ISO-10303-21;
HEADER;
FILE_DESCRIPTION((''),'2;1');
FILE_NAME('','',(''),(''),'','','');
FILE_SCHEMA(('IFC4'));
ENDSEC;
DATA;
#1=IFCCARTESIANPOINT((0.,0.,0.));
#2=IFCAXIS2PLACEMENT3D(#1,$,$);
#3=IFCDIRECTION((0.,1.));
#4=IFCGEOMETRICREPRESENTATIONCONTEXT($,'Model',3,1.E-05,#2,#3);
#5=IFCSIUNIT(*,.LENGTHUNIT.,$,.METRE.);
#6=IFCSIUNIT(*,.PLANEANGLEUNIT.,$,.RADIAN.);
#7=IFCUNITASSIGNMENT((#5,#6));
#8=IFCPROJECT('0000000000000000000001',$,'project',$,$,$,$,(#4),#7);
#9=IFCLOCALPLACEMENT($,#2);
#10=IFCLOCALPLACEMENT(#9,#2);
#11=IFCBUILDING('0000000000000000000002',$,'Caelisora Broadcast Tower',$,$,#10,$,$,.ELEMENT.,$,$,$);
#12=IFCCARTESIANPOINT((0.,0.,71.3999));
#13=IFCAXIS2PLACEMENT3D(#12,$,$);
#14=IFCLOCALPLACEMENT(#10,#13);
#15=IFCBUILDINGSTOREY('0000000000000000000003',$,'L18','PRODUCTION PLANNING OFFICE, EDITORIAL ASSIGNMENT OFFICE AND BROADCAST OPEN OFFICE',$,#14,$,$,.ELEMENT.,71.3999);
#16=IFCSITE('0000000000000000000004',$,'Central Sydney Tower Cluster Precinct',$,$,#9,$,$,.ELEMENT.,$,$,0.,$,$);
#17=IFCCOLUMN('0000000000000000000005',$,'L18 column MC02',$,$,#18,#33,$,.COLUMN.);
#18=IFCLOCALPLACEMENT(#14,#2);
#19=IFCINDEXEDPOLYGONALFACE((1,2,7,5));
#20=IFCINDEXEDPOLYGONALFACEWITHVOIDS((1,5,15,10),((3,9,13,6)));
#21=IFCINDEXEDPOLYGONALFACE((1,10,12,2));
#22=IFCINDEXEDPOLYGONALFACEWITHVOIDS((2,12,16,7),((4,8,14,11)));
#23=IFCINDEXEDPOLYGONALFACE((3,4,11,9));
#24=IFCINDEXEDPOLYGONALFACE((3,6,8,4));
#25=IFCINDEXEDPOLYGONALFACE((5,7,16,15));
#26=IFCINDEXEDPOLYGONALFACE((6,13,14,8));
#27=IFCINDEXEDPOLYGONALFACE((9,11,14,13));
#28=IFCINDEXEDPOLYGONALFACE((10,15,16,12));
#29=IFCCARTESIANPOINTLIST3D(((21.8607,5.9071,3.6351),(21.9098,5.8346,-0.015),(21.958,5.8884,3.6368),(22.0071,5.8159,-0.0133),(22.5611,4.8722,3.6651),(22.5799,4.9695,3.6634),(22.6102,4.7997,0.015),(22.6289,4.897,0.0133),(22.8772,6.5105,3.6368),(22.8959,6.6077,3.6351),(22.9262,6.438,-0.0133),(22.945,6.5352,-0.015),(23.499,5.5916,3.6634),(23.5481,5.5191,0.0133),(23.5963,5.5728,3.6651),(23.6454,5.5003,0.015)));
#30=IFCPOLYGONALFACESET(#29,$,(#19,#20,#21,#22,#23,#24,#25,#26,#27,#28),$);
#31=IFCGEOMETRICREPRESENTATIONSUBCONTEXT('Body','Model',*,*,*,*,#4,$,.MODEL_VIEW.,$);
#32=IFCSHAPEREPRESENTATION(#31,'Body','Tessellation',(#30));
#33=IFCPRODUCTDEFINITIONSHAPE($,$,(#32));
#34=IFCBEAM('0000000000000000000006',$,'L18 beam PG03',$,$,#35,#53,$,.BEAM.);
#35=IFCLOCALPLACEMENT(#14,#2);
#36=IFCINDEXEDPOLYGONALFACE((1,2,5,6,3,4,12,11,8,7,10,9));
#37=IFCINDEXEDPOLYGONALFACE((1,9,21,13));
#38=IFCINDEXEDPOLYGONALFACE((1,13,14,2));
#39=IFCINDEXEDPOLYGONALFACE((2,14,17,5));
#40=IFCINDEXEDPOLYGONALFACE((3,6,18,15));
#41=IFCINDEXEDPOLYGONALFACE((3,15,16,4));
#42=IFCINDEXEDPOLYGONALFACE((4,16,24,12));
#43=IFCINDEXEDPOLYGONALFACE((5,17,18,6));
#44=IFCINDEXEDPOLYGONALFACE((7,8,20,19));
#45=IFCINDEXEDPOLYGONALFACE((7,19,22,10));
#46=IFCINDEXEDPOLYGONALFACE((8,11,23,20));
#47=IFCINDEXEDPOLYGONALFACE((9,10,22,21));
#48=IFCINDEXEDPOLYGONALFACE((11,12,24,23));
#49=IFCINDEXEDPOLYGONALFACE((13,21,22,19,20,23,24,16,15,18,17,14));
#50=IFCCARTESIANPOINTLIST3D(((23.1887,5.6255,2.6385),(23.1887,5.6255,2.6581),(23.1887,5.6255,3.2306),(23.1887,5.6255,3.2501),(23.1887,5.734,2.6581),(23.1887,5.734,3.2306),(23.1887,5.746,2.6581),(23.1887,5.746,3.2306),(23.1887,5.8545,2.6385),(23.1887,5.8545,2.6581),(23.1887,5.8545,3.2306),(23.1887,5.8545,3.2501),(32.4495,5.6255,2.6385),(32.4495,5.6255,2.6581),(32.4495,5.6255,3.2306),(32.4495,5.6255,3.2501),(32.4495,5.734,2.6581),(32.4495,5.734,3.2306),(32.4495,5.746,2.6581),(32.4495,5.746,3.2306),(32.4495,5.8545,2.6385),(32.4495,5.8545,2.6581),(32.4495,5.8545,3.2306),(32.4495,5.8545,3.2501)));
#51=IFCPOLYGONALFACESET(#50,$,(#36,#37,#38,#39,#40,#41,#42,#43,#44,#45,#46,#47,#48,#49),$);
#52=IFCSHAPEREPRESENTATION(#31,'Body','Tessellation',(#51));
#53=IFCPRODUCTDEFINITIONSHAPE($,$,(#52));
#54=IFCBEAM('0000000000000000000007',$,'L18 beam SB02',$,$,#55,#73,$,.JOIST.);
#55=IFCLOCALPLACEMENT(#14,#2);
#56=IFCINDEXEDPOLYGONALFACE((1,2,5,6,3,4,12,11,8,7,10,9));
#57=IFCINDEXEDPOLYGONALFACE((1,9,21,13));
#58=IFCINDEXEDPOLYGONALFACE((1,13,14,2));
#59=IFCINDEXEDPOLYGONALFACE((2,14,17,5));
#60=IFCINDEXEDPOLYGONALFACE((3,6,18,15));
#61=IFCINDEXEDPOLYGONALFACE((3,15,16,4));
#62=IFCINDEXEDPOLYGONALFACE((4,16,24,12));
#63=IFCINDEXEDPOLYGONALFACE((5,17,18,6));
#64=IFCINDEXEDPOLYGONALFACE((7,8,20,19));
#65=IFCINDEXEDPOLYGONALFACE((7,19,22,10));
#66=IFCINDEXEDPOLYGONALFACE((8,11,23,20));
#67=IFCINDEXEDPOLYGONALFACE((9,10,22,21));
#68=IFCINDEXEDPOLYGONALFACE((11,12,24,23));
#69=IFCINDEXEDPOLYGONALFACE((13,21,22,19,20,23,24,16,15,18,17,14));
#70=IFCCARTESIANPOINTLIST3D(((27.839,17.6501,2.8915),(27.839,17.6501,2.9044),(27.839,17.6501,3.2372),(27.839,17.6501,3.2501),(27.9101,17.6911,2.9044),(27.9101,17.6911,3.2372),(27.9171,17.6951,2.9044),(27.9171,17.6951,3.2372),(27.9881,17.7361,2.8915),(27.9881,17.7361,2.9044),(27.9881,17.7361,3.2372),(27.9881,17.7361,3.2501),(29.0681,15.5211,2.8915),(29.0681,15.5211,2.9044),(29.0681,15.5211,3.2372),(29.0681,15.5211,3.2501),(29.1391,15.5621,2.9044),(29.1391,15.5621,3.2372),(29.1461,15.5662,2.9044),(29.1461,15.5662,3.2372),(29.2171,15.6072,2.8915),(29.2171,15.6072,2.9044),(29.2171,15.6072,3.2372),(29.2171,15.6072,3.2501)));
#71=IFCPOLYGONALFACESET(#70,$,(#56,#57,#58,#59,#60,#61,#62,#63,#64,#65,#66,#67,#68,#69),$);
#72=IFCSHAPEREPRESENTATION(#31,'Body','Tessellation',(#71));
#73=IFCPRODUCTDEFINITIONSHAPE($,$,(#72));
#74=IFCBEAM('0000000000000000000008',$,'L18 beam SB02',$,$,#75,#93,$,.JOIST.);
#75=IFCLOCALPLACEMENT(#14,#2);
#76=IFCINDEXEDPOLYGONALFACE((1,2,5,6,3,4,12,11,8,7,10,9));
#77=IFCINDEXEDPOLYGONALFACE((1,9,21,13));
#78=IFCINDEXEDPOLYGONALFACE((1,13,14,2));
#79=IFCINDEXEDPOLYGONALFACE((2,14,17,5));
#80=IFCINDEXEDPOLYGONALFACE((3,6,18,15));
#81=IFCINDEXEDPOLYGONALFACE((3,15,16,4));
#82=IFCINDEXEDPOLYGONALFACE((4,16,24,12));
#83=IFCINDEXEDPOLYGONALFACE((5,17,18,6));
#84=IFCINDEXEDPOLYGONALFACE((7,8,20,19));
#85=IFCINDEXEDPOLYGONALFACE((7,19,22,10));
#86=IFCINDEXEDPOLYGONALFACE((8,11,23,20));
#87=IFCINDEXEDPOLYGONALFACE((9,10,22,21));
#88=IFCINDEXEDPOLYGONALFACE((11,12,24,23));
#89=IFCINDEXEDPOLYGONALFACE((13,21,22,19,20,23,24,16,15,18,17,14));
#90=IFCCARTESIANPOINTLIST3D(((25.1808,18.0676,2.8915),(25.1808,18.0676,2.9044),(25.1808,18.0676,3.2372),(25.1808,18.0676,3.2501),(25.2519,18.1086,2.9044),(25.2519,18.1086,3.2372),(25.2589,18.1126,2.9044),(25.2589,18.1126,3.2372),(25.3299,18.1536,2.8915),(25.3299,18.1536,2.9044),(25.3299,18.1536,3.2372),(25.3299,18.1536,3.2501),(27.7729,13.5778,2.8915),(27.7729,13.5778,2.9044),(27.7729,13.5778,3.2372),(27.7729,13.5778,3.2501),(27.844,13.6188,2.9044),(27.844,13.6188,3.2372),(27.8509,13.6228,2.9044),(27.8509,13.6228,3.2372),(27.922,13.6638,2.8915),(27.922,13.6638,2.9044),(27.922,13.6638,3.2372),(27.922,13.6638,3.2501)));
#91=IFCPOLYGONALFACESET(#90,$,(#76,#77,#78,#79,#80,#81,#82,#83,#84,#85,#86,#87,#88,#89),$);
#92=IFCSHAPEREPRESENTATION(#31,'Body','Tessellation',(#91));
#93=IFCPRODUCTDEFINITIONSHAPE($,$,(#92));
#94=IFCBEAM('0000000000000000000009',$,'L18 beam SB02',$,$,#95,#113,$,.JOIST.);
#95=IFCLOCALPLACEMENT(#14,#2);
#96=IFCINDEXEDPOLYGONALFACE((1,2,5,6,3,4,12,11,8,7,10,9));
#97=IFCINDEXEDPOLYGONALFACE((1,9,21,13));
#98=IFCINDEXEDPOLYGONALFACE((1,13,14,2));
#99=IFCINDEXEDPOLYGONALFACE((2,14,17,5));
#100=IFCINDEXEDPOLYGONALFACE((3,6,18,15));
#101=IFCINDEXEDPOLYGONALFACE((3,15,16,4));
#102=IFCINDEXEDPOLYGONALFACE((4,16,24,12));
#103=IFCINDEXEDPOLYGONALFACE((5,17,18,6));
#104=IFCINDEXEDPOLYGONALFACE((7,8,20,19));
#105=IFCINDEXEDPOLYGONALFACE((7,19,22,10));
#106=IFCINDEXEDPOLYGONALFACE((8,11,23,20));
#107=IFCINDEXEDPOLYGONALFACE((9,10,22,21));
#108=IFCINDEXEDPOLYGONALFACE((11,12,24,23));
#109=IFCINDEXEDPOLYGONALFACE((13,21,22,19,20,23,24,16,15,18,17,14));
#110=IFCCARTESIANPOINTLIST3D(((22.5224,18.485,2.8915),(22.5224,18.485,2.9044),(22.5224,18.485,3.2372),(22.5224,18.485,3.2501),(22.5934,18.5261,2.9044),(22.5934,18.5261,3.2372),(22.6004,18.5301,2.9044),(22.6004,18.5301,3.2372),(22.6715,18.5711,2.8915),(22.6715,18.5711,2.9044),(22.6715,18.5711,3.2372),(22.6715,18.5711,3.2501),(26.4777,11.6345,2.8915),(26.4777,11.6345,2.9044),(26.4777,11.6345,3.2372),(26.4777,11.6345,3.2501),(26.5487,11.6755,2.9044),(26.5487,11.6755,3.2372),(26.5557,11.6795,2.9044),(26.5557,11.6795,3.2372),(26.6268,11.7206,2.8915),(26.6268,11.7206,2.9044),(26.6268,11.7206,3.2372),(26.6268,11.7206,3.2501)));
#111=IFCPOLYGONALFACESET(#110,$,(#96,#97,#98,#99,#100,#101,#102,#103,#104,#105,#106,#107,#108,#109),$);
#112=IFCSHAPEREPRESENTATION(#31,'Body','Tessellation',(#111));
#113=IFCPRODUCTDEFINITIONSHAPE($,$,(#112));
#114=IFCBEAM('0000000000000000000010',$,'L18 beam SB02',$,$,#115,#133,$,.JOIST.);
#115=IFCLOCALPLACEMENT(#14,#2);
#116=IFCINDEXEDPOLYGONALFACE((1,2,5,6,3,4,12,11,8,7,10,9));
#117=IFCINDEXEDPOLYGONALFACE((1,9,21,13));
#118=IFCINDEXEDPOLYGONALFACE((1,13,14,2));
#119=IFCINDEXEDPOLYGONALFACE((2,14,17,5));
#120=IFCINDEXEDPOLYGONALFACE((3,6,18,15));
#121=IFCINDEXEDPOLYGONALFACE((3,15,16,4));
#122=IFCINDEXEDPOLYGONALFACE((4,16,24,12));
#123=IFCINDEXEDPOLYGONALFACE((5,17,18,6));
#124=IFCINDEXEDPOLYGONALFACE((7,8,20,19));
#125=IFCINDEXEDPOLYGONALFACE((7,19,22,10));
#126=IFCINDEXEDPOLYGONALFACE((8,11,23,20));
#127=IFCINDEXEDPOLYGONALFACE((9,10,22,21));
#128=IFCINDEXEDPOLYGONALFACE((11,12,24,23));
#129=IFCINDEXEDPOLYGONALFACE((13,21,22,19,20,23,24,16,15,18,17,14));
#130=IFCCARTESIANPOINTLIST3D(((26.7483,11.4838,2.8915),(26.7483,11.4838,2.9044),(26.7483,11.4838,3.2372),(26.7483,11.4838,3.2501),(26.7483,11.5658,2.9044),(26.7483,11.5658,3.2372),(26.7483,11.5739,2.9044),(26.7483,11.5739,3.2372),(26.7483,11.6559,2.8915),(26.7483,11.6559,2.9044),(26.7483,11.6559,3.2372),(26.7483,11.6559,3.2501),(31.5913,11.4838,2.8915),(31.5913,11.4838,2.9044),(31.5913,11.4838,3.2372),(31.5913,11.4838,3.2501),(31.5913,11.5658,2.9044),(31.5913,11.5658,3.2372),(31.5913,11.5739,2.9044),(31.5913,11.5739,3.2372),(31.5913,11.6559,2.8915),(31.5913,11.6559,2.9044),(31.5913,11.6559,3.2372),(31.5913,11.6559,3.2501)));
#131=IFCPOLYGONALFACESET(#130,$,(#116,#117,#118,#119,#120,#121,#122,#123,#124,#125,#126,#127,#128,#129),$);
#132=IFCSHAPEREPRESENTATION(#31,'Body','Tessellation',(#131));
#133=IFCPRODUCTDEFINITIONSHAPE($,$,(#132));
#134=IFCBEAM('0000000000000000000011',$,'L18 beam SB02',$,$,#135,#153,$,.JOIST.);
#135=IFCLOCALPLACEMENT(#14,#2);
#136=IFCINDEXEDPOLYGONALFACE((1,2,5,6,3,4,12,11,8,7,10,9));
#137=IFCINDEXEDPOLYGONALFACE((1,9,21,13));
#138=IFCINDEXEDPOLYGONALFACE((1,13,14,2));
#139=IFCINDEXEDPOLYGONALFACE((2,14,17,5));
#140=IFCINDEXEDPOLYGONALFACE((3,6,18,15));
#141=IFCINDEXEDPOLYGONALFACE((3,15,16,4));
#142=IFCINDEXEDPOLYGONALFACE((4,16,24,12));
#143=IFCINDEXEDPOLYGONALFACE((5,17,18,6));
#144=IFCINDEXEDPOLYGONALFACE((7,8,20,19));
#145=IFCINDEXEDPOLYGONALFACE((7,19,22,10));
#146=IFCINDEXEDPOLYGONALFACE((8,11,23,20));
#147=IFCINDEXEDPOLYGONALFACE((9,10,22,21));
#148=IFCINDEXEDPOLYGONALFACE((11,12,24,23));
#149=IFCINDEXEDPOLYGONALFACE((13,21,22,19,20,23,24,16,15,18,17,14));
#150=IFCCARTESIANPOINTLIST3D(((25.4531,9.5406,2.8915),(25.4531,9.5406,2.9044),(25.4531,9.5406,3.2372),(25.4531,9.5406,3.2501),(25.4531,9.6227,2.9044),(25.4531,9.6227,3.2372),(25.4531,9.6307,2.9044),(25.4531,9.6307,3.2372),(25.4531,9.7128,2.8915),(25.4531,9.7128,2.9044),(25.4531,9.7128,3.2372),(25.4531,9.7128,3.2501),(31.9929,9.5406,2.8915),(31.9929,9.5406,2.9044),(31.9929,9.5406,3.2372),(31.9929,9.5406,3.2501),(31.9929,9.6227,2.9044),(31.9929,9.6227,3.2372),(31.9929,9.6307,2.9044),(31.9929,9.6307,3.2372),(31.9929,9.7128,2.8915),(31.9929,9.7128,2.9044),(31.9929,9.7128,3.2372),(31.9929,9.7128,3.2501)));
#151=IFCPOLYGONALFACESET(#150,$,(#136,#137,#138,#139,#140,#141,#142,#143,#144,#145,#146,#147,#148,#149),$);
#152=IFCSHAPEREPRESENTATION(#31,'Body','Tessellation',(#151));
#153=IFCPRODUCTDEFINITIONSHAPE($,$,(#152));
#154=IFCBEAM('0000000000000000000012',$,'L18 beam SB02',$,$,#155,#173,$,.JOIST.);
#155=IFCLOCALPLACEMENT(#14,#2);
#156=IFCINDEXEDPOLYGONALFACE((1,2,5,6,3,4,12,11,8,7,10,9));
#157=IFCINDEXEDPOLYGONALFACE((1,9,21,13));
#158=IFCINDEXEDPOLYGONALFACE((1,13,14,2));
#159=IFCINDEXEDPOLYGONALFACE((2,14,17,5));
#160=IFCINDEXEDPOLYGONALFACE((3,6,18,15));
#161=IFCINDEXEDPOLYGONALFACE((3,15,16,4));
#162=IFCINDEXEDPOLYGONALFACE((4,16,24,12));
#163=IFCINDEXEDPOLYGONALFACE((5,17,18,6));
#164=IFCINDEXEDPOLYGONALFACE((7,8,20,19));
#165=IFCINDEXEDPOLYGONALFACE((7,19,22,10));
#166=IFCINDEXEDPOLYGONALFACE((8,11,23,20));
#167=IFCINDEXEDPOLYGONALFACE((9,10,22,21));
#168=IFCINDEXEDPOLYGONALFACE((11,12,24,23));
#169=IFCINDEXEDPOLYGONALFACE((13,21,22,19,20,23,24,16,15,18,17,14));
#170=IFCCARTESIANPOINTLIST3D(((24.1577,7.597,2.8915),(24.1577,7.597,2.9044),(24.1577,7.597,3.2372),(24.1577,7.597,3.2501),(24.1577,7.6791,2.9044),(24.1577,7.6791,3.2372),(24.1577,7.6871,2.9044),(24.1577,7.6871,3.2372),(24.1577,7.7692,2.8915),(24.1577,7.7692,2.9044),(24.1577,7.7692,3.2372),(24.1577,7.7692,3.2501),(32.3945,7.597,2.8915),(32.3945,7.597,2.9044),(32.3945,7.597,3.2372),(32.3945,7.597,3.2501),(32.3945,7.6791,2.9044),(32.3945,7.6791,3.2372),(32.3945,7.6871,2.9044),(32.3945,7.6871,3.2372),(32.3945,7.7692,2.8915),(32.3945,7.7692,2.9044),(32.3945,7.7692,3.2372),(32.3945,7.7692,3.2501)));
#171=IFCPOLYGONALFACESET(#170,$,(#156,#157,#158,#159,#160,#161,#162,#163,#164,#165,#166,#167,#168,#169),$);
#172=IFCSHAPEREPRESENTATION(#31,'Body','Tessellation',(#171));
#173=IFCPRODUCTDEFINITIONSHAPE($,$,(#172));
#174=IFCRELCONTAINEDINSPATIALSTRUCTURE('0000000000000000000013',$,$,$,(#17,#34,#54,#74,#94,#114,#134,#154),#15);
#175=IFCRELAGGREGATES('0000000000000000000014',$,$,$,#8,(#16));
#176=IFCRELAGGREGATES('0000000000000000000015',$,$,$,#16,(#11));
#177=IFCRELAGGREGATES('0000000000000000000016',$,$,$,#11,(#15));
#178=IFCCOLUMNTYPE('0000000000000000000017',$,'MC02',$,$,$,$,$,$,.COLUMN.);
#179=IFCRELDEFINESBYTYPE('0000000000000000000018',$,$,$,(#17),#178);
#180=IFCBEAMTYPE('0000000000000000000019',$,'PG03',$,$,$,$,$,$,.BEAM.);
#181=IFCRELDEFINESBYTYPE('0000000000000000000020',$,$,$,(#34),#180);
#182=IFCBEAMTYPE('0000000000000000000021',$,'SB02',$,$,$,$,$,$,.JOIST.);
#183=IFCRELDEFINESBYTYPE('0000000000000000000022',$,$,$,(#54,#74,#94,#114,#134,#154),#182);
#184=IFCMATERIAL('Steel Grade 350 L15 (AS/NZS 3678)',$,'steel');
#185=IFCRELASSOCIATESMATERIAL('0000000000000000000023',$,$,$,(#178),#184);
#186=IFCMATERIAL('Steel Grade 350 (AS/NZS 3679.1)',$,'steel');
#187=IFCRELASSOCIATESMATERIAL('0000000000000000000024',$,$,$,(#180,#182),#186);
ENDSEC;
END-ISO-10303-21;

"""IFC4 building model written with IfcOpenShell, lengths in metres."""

from ifc_helpers import new_model, si_unit, direction, frame, origin, origin_2d, place, context, subcontext, project, spatial, hollow_rectangle, i_section, extrude, source, transform, mapped, material, material_profile, profile_set, type_object, type_shapes, element, save


model = new_model("IFC4")

# Units and contexts
model_context = context("Model", 3, precision=1e-05, world=origin(), true_north=direction((0.0, 1.0)))
body_context = subcontext(model_context, "Body", "Model", "MODEL_VIEW")
ifc_project = project(units=[si_unit("LENGTHUNIT", "METRE"), si_unit("PLANEANGLEUNIT", "RADIAN")], contexts=[model_context])

# Site, building, storey
site_placement = place(None, origin())
site = spatial("IfcSite", under=ifc_project, at=site_placement, Name="Central Sydney Tower Cluster Precinct", CompositionType="ELEMENT", RefElevation=0.0)
building_placement = place(site_placement, origin())
building = spatial("IfcBuilding", under=site, at=building_placement, Name="Caelisora Broadcast Tower", CompositionType="ELEMENT")
storey_placement = place(building_placement, frame((0.0, 0.0, 71.3999)))
storey = spatial("IfcBuildingStorey", under=building, at=storey_placement, Name="L18", Description="PRODUCTION PLANNING OFFICE, EDITORIAL ASSIGNMENT OFFICE AND BROADCAST OPEN OFFICE", CompositionType="ELEMENT", Elevation=71.3999)

# Column
ifc_material_1 = material(Name="Steel Grade 350 L15 (AS/NZS 3678)", Category="steel")
ifc_material_profile_1 = material_profile(ifc_material_1, hollow_rectangle(XDim=1.25, YDim=1.25, WallThickness=0.0701, at=origin_2d()), Name="Steel Grade 350 L15 (AS/NZS 3678)")
ifc_profile_set_1 = profile_set([ifc_material_profile_1], Name="Steel Grade 350 L15 (AS/NZS 3678)")
column_type = type_object("IfcColumnType", Name="MC02", PredefinedType="COLUMN", material=ifc_profile_set_1)
shared_shape_1 = source(origin(), body_context, "Body", "SweptSolid", [
    extrude(hollow_rectangle(XDim=1.25, YDim=1.25, WallThickness=0.0701, at=origin_2d()), origin(), (0.0, 0.0, 1.0), 3.6511),
])
type_shapes(column_type, [shared_shape_1])
column_placement = place(storey_placement, frame((22.7776, 5.6675, 0.0), z_axis=(-0.01344, 0.019859, 0.999712), x_axis=(-0.828169, -0.560478, 0.0)))
element("IfcColumn", 1, at=column_placement, inside=storey, type_object=column_type, Name="L18 column MC02", PredefinedType="COLUMN", context=body_context, shape_type="MappedRepresentation", body=[
    mapped(shared_shape_1, transform((0.0, 0.0, 0.0), scale=1.0)),
])

# Beams
ifc_material_2 = material(Name="Steel Grade 350 (AS/NZS 3679.1)", Category="steel")
ifc_material_profile_2 = material_profile(ifc_material_2, i_section(OverallWidth=0.229, OverallDepth=0.6116, WebThickness=0.012, FlangeThickness=0.0195, at=origin_2d()), Name="Steel Grade 350 (AS/NZS 3679.1)")
ifc_profile_set_2 = profile_set([ifc_material_profile_2], Name="Steel Grade 350 (AS/NZS 3679.1)")
beam_type_1 = type_object("IfcBeamType", Name="PG03", PredefinedType="BEAM", material=ifc_profile_set_2)
shared_shape_2 = source(origin(), body_context, "Body", "SweptSolid", [
    extrude(i_section(OverallWidth=0.229, OverallDepth=0.6116, WebThickness=0.012, FlangeThickness=0.0195, at=origin_2d()), origin(), (0.0, 0.0, 1.0), 9.2607),
])
type_shapes(beam_type_1, [shared_shape_2])
beam_1_placement = place(storey_placement, frame((23.1887, 5.74, 2.9443), z_axis=(1.0, 0.0, 0.0), x_axis=(0.0, 1.0, 0.0)))
element("IfcBeam", 2, at=beam_1_placement, inside=storey, type_object=beam_type_1, Name="L18 beam PG03", PredefinedType="BEAM", context=body_context, shape_type="MappedRepresentation", body=[
    mapped(shared_shape_2, transform((0.0, 0.0, 0.0), scale=1.0)),
])
ifc_material_profile_3 = material_profile(ifc_material_2, i_section(OverallWidth=0.1721, OverallDepth=0.3586, WebThickness=0.0081, FlangeThickness=0.0129, at=origin_2d()), Name="Steel Grade 350 (AS/NZS 3679.1)")
ifc_profile_set_3 = profile_set([ifc_material_profile_3], Name="Steel Grade 350 (AS/NZS 3679.1)")
beam_type_2 = type_object("IfcBeamType", Name="SB02", PredefinedType="JOIST", material=ifc_profile_set_3)
shared_shape_3 = source(origin(), body_context, "Body", "SweptSolid", [
    extrude(i_section(OverallWidth=0.1721, OverallDepth=0.3586, WebThickness=0.0081, FlangeThickness=0.0129, at=origin_2d()), origin(), (0.0, 0.0, 1.0), 2.4583),
])
beam_2_placement = place(storey_placement, frame((27.9136, 17.6931, 3.0708), z_axis=(0.499963, -0.866047, 0.0), x_axis=(0.866047, 0.499963, 0.0)))
element("IfcBeam", 3, at=beam_2_placement, inside=storey, type_object=beam_type_2, Name="L18 beam SB02", PredefinedType="JOIST", context=body_context, shape_type="MappedRepresentation", body=[
    mapped(shared_shape_3, transform((0.0, 0.0, 0.0), scale=1.0)),
])
shared_shape_4 = source(origin(), body_context, "Body", "SweptSolid", [
    extrude(i_section(OverallWidth=0.1721, OverallDepth=0.3586, WebThickness=0.0081, FlangeThickness=0.0129, at=origin_2d()), origin(), (0.0, 0.0, 1.0), 5.1843),
])
beam_3_placement = place(storey_placement, frame((25.2554, 18.1106, 3.0708), z_axis=(0.499983, -0.866035, 0.0), x_axis=(0.866035, 0.499983, 0.0)))
element("IfcBeam", 4, at=beam_3_placement, inside=storey, type_object=beam_type_2, Name="L18 beam SB02", PredefinedType="JOIST", context=body_context, shape_type="MappedRepresentation", body=[
    mapped(shared_shape_4, transform((0.0, 0.0, 0.0), scale=1.0)),
])
shared_shape_5 = source(origin(), body_context, "Body", "SweptSolid", [
    extrude(i_section(OverallWidth=0.1721, OverallDepth=0.3586, WebThickness=0.0081, FlangeThickness=0.0129, at=origin_2d()), origin(), (0.0, 0.0, 1.0), 7.9104),
])
beam_4_placement = place(storey_placement, frame((22.5969, 18.5281, 3.0708), z_axis=(0.500013, -0.866018, 0.0), x_axis=(0.866018, 0.500013, 0.0)))
element("IfcBeam", 5, at=beam_4_placement, inside=storey, type_object=beam_type_2, Name="L18 beam SB02", PredefinedType="JOIST", context=body_context, shape_type="MappedRepresentation", body=[
    mapped(shared_shape_5, transform((0.0, 0.0, 0.0), scale=1.0)),
])
shared_shape_6 = source(origin(), body_context, "Body", "SweptSolid", [
    extrude(i_section(OverallWidth=0.1721, OverallDepth=0.3586, WebThickness=0.0081, FlangeThickness=0.0129, at=origin_2d()), origin(), (0.0, 0.0, 1.0), 4.843),
])
beam_5_placement = place(storey_placement, frame((26.7483, 11.5698, 3.0708), z_axis=(1.0, 0.0, 0.0), x_axis=(0.0, 1.0, 0.0)))
element("IfcBeam", 6, at=beam_5_placement, inside=storey, type_object=beam_type_2, Name="L18 beam SB02", PredefinedType="JOIST", context=body_context, shape_type="MappedRepresentation", body=[
    mapped(shared_shape_6, transform((0.0, 0.0, 0.0), scale=1.0)),
])
shared_shape_7 = source(origin(), body_context, "Body", "SweptSolid", [
    extrude(i_section(OverallWidth=0.1721, OverallDepth=0.3586, WebThickness=0.0081, FlangeThickness=0.0129, at=origin_2d()), origin(), (0.0, 0.0, 1.0), 6.5398),
])
beam_6_placement = place(storey_placement, frame((25.4531, 9.6267, 3.0708), z_axis=(1.0, 0.0, 0.0), x_axis=(0.0, 1.0, 0.0)))
element("IfcBeam", 7, at=beam_6_placement, inside=storey, type_object=beam_type_2, Name="L18 beam SB02", PredefinedType="JOIST", context=body_context, shape_type="MappedRepresentation", body=[
    mapped(shared_shape_7, transform((0.0, 0.0, 0.0), scale=1.0)),
])
shared_shape_8 = source(origin(), body_context, "Body", "SweptSolid", [
    extrude(i_section(OverallWidth=0.1721, OverallDepth=0.3586, WebThickness=0.0081, FlangeThickness=0.0129, at=origin_2d()), origin(), (0.0, 0.0, 1.0), 8.2368),
])
type_shapes(beam_type_2, [shared_shape_3, shared_shape_4, shared_shape_5, shared_shape_6, shared_shape_7, shared_shape_8])
beam_7_placement = place(storey_placement, frame((24.1577, 7.6831, 3.0708), z_axis=(1.0, 0.0, 0.0), x_axis=(0.0, 1.0, 0.0)))
element("IfcBeam", 8, at=beam_7_placement, inside=storey, type_object=beam_type_2, Name="L18 beam SB02", PredefinedType="JOIST", context=body_context, shape_type="MappedRepresentation", body=[
    mapped(shared_shape_8, transform((0.0, 0.0, 0.0), scale=1.0)),
])

save(model, "model.ifc")
